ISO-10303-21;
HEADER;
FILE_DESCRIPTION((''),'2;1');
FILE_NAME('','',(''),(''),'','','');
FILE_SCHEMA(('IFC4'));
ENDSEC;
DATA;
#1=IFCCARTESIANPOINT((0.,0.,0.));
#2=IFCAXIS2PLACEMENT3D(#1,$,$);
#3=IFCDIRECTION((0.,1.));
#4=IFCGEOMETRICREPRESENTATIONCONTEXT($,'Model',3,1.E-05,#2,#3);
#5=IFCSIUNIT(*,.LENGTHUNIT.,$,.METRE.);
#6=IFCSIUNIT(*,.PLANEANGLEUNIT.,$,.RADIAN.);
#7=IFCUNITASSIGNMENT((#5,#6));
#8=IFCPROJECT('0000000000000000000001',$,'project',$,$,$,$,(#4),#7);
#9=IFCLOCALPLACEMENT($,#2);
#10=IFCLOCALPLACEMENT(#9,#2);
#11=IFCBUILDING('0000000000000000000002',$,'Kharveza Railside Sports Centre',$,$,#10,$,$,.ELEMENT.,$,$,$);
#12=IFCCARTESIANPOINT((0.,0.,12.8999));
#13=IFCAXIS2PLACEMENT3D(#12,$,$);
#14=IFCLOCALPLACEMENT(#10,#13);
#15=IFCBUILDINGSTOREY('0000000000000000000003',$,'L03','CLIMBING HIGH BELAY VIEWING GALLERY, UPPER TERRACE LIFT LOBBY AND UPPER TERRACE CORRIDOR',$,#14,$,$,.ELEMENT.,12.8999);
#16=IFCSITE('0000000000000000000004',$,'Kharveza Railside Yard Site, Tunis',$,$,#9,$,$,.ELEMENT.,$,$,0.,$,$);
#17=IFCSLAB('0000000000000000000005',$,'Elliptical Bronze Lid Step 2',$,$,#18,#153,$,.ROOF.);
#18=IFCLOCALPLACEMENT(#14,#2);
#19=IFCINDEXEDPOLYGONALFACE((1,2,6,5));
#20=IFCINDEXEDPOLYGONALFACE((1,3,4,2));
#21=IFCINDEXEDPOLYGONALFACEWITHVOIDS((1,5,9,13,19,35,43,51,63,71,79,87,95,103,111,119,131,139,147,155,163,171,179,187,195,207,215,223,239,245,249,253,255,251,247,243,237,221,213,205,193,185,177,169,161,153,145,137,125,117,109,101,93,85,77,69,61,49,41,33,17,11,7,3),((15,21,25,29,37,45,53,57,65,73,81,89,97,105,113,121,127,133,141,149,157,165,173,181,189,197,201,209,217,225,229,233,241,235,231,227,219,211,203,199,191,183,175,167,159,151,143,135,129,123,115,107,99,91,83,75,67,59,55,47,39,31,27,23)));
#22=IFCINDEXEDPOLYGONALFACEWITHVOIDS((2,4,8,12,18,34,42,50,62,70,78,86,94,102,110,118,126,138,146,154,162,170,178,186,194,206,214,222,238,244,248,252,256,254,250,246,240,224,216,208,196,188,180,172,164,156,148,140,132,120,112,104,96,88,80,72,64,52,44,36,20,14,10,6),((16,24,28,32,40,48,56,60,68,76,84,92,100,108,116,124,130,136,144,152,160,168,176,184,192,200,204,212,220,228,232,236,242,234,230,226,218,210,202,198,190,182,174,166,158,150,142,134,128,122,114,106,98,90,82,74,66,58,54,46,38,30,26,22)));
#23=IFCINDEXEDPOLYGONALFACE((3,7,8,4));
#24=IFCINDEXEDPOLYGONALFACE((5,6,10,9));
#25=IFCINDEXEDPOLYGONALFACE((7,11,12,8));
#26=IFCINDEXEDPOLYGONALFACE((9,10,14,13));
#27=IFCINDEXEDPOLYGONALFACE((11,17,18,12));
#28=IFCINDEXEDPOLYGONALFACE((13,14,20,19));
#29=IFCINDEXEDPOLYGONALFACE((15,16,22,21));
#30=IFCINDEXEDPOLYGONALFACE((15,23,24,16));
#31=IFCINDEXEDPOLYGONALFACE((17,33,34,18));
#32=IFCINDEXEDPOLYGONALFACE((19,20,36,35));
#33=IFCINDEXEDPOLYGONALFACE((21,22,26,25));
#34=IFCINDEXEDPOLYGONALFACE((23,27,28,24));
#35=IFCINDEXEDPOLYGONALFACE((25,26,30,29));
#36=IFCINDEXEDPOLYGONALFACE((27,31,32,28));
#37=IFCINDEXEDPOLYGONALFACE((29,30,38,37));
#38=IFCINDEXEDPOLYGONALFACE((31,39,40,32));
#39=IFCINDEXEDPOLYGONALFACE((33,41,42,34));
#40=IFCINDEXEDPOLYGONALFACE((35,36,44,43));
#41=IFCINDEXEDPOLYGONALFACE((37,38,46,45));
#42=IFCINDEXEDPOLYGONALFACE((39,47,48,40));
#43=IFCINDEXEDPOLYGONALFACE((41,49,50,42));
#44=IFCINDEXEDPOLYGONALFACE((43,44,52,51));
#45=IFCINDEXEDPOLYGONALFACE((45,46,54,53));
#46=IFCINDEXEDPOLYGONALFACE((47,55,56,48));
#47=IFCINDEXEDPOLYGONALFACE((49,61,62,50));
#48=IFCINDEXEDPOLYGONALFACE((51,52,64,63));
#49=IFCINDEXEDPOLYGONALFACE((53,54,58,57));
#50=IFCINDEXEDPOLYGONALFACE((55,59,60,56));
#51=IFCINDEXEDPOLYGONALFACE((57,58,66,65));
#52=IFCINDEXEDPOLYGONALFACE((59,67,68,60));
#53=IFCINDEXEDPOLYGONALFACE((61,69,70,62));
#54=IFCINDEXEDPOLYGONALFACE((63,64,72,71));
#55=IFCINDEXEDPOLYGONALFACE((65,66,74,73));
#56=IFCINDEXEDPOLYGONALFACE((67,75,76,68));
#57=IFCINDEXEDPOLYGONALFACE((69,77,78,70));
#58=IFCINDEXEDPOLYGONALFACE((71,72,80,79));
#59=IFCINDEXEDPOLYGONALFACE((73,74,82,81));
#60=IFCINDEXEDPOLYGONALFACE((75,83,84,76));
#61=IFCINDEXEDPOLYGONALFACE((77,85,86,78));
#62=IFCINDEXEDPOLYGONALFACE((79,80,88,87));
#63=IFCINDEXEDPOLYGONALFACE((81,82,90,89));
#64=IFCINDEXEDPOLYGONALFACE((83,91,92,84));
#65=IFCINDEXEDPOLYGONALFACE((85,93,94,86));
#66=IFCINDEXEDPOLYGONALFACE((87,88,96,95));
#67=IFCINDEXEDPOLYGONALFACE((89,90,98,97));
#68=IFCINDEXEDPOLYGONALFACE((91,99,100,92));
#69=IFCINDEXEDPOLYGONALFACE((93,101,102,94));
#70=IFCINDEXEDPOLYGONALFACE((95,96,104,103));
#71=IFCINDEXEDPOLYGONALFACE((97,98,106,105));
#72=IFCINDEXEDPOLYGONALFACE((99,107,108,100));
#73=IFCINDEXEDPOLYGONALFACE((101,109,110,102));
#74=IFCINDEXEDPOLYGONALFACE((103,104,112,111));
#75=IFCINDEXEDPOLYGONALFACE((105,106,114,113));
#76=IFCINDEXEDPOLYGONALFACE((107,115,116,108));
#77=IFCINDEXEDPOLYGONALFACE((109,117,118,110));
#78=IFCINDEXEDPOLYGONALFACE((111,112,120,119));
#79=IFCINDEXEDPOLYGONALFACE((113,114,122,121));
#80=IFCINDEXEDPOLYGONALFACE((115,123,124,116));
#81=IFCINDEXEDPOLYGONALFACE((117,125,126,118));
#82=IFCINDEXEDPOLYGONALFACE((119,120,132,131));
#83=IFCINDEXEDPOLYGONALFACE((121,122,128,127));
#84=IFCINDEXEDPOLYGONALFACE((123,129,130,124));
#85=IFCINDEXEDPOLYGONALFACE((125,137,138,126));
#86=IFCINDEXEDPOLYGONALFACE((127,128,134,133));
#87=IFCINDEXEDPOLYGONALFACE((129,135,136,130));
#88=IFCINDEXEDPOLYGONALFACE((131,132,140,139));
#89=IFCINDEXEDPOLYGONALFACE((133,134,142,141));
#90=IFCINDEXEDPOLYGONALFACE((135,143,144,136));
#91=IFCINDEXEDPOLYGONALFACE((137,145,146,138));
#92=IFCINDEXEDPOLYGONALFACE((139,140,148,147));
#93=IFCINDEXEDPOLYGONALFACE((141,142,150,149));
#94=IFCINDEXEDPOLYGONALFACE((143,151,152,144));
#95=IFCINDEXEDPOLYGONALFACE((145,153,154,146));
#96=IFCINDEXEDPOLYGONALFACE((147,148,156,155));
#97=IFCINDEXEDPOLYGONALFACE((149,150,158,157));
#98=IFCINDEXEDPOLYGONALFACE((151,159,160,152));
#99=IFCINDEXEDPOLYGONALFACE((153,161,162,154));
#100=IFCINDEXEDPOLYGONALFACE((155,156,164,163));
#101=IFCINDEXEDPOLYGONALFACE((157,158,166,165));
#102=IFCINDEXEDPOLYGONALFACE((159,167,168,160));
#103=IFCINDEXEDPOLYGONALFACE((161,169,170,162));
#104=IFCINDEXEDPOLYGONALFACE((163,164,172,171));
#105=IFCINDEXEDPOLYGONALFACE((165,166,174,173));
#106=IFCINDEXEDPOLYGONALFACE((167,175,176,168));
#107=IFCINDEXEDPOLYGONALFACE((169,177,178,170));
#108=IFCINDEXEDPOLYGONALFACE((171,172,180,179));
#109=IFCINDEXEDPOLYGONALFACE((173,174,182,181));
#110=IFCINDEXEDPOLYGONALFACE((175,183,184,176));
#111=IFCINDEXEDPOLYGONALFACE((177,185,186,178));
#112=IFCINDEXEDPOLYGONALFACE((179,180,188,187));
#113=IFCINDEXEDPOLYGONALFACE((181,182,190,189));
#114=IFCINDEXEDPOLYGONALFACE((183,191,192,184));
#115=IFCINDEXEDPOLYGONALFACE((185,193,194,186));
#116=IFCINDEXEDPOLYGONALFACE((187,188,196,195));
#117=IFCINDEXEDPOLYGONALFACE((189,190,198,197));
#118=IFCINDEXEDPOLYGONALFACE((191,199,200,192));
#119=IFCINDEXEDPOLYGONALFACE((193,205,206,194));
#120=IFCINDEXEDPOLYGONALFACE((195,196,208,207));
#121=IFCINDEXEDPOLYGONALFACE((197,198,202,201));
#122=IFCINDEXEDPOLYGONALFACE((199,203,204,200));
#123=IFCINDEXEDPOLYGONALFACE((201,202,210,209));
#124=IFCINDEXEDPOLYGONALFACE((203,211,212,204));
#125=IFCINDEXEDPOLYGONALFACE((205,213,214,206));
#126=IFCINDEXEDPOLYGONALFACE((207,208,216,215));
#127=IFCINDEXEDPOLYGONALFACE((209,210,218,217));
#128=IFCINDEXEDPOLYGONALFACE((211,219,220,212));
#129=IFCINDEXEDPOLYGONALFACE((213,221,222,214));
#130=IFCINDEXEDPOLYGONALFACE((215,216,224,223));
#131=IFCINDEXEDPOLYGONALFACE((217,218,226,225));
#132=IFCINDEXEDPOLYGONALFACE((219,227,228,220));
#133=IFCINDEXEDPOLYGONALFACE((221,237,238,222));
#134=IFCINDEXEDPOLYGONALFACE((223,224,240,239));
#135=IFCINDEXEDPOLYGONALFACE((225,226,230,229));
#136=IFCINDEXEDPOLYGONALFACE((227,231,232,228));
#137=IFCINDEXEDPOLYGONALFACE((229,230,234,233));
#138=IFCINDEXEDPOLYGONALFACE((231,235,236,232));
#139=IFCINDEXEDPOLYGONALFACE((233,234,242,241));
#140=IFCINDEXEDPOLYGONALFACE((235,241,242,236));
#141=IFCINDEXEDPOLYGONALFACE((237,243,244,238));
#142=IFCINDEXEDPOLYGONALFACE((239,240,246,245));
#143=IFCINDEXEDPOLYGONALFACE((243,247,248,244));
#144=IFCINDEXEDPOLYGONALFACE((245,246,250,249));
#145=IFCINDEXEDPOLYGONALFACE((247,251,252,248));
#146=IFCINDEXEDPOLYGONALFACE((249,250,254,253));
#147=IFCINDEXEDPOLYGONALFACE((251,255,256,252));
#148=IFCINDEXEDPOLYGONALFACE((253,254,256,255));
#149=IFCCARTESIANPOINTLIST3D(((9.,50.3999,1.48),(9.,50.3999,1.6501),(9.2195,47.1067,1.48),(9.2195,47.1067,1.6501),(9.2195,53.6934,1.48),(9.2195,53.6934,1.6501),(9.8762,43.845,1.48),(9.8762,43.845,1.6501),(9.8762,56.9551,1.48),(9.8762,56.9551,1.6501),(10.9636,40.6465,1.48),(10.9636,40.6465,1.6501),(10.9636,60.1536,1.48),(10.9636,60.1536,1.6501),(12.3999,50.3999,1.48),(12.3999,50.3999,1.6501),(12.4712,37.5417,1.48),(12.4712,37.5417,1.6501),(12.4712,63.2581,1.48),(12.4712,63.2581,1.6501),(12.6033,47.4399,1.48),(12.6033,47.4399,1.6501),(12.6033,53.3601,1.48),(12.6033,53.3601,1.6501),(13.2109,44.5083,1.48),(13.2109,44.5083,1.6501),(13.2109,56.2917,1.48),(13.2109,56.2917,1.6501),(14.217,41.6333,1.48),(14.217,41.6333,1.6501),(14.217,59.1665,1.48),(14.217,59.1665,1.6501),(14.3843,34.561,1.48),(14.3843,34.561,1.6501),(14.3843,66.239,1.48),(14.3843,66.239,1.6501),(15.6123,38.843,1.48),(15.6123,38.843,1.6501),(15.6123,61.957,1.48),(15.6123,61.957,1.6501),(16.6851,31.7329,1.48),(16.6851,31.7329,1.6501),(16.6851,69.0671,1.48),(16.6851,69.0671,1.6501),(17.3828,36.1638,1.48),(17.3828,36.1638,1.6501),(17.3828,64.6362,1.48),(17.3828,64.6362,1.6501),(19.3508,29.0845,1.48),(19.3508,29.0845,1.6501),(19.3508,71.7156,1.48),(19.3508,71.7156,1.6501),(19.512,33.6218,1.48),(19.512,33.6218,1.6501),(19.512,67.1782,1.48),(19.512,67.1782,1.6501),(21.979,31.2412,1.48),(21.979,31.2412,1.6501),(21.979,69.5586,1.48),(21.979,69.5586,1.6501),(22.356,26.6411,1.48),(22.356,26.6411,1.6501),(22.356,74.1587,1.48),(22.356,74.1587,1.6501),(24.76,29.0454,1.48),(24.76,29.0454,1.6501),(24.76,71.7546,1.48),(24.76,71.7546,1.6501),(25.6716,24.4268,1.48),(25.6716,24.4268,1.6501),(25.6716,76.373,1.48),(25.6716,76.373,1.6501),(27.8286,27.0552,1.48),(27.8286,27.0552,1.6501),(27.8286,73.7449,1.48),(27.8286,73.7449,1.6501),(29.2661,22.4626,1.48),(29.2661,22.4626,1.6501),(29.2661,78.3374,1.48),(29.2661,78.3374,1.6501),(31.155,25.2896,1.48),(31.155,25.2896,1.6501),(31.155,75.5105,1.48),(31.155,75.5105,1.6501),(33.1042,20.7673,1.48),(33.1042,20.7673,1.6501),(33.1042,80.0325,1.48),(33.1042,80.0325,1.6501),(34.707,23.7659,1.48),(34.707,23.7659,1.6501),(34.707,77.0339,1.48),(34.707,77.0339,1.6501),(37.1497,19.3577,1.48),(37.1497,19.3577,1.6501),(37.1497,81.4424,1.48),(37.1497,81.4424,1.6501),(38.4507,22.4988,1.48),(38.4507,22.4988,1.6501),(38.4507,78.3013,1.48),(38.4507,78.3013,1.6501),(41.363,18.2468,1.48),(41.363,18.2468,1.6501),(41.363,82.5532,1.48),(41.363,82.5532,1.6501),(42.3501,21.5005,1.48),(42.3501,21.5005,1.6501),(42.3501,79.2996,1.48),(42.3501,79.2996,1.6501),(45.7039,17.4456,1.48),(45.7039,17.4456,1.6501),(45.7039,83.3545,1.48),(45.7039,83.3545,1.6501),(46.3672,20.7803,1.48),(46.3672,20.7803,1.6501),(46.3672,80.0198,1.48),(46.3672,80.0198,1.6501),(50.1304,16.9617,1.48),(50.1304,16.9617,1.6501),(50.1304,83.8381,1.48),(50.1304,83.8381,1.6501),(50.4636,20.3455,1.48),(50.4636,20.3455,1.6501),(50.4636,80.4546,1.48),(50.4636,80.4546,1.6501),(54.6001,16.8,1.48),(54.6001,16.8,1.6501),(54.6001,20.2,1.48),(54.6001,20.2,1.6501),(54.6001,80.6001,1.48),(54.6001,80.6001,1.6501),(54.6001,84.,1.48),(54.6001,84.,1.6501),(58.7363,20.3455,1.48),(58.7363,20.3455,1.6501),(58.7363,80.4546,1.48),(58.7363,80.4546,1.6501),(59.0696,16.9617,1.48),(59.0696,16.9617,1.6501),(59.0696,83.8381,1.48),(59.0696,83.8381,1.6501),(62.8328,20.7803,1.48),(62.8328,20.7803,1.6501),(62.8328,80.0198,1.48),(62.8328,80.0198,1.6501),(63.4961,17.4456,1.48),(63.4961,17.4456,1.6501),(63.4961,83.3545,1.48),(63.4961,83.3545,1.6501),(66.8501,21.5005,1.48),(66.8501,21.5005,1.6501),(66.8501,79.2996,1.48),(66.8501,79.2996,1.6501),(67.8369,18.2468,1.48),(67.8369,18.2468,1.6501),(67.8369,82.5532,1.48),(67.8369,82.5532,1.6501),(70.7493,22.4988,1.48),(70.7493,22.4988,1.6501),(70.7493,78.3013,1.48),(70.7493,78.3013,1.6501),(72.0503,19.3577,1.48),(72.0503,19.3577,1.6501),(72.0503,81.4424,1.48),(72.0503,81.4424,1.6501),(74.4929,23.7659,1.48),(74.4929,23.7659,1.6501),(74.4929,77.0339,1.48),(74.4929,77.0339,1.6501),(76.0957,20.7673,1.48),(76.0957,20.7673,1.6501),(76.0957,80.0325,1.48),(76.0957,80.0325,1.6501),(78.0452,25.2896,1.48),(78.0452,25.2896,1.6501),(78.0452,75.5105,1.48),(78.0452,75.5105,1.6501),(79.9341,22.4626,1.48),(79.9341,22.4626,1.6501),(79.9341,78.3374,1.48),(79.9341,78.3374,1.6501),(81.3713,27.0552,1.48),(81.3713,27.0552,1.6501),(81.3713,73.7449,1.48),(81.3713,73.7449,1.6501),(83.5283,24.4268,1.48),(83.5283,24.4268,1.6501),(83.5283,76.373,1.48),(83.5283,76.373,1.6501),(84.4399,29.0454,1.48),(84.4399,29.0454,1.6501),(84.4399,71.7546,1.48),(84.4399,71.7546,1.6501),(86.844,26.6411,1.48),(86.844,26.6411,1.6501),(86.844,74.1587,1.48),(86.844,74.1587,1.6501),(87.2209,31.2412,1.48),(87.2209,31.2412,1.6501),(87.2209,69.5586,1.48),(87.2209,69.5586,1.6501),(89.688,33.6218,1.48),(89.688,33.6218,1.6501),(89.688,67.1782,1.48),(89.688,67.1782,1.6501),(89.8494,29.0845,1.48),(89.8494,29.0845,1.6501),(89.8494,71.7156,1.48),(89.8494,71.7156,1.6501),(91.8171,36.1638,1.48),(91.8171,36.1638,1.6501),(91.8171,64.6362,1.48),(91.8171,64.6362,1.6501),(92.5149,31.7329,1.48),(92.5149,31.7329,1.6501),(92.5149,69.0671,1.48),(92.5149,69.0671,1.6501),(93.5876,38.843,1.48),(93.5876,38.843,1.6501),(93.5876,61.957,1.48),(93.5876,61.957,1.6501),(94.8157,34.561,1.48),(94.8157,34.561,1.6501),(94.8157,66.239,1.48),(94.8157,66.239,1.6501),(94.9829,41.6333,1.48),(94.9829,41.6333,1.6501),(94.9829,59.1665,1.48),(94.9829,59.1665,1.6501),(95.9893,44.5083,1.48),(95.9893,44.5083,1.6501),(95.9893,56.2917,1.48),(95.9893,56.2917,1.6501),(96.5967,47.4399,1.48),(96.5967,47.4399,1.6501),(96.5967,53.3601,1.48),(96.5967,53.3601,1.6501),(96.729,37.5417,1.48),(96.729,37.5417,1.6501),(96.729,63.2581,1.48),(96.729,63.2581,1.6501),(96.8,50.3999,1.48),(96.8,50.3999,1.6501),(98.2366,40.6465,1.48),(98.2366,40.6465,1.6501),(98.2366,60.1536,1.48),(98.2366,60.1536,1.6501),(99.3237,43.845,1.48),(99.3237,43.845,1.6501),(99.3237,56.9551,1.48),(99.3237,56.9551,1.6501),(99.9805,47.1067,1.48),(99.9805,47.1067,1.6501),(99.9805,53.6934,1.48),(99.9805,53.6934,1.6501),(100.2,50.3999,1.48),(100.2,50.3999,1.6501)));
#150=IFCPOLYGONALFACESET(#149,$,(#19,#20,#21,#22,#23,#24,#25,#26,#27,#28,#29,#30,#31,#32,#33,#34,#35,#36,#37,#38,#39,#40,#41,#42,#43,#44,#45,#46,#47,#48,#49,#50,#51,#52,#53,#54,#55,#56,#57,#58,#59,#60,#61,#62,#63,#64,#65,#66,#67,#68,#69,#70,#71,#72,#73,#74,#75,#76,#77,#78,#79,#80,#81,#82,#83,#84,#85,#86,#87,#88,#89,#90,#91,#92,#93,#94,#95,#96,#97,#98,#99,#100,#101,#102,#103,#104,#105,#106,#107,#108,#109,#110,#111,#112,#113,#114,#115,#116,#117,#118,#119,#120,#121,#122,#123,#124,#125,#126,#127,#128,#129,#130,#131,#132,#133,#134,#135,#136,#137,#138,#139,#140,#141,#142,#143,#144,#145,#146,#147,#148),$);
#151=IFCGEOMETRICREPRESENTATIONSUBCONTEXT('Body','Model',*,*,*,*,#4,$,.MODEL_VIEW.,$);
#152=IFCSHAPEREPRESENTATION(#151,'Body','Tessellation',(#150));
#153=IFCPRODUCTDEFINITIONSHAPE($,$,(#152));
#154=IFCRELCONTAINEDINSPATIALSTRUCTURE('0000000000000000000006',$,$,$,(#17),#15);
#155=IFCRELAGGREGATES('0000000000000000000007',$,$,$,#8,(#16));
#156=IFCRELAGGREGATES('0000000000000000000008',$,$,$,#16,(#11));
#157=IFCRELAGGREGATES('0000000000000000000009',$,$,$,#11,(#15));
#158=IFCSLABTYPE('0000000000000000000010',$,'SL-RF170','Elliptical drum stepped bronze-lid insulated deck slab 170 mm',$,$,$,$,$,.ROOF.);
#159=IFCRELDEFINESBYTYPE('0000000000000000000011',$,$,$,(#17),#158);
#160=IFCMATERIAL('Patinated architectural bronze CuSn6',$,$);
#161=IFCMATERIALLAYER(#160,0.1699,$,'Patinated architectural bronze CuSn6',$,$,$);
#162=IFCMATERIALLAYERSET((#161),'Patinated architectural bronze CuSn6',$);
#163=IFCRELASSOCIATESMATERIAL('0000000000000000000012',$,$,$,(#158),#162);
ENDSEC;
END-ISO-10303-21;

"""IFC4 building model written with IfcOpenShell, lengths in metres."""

from ifc_helpers import new_model, si_unit, direction, frame, origin, place, context, subcontext, project, spatial, polyline, outline, extrude, material, layer, layer_set, type_object, element, save


model = new_model("IFC4")

# Units and contexts
model_context = context("Model", 3, precision=1e-05, world=origin(), true_north=direction((0.0, 1.0)))
body_context = subcontext(model_context, "Body", "Model", "MODEL_VIEW")
ifc_project = project(units=[si_unit("LENGTHUNIT", "METRE"), si_unit("PLANEANGLEUNIT", "RADIAN")], contexts=[model_context])

# Site, building, storey
site_placement = place(None, origin())
site = spatial("IfcSite", under=ifc_project, at=site_placement, Name="Kharveza Railside Yard Site, Tunis", CompositionType="ELEMENT", RefElevation=0.0)
building_placement = place(site_placement, origin())
building = spatial("IfcBuilding", under=site, at=building_placement, Name="Kharveza Railside Sports Centre", CompositionType="ELEMENT")
storey_placement = place(building_placement, frame((0.0, 0.0, 12.8999)))
storey = spatial("IfcBuildingStorey", under=building, at=storey_placement, Name="L03", Description="CLIMBING HIGH BELAY VIEWING GALLERY, UPPER TERRACE LIFT LOBBY AND UPPER TERRACE CORRIDOR", CompositionType="ELEMENT", Elevation=12.8999)

# Shared definitions
ifc_material_1 = material(Name="Patinated architectural bronze CuSn6")

# Slab
ifc_layer_1 = layer(ifc_material_1, 0.1699, Name="Patinated architectural bronze CuSn6")
ifc_layer_set_1 = layer_set([ifc_layer_1], Name="Patinated architectural bronze CuSn6")
slab_type_1 = type_object("IfcSlabType", Name="SL-RF170", Description="Elliptical drum stepped bronze-lid insulated deck slab 170 mm", PredefinedType="ROOF", material=ifc_layer_set_1)
slab_1_placement = place(storey_placement, frame((0.0, 0.0, 1.48)))
element("IfcSlab", 1, at=slab_1_placement, inside=storey, type_object=slab_type_1, Name="Elliptical Bronze Lid Step 2", PredefinedType="ROOF", context=body_context, shape_type="SweptSolid", body=[
    extrude(outline(polyline([(99.9805, 47.1067), (99.3237, 43.845), (98.2366, 40.6465), (96.729, 37.5417), (94.8157, 34.561), (92.5149, 31.7329), (89.8494, 29.0845), (86.844, 26.6411), (83.5283, 24.4268), (79.9341, 22.4626), (76.0957, 20.7673), (72.0503, 19.3577), (67.8369, 18.2468), (63.4961, 17.4456), (59.0696, 16.9617), (54.6001, 16.8), (50.1304, 16.9617), (45.7039, 17.4456), (41.363, 18.2468), (37.1497, 19.3577), (33.1042, 20.7673), (29.2661, 22.4626), (25.6716, 24.4268), (22.356, 26.6411), (19.3508, 29.0845), (16.6851, 31.7329), (14.3843, 34.561), (12.4712, 37.5417), (10.9636, 40.6465), (9.8762, 43.845), (9.2195, 47.1067), (9.0, 50.3999), (9.2195, 53.6934), (9.8762, 56.9551), (10.9636, 60.1536), (12.4712, 63.2581), (14.3843, 66.239), (16.6851, 69.0671), (19.3508, 71.7156), (22.356, 74.1587), (25.6716, 76.373), (29.2661, 78.3374), (33.1042, 80.0325), (37.1497, 81.4424), (41.363, 82.5532), (45.7039, 83.3545), (50.1304, 83.8381), (54.6001, 84.0), (59.0696, 83.8381), (63.4961, 83.3545), (67.8369, 82.5532), (72.0503, 81.4424), (76.0957, 80.0325), (79.9341, 78.3374), (83.5283, 76.373), (86.844, 74.1587), (89.8494, 71.7156), (92.5149, 69.0671), (94.8157, 66.239), (96.729, 63.2581), (98.2366, 60.1536), (99.3237, 56.9551), (99.9805, 53.6934), (100.2, 50.3999), (99.9805, 47.1067)]), holes=[polyline([(96.5967, 53.3601), (95.9893, 56.2917), (94.9829, 59.1665), (93.5876, 61.957), (91.8171, 64.6362), (89.688, 67.1782), (87.2209, 69.5586), (84.4399, 71.7546), (81.3713, 73.7449), (78.0452, 75.5105), (74.4929, 77.0339), (70.7493, 78.3013), (66.8501, 79.2996), (62.8328, 80.0198), (58.7363, 80.4546), (54.6001, 80.6001), (50.4636, 80.4546), (46.3672, 80.0198), (42.3501, 79.2996), (38.4507, 78.3013), (34.707, 77.0339), (31.155, 75.5105), (27.8286, 73.7449), (24.76, 71.7546), (21.979, 69.5586), (19.512, 67.1782), (17.3828, 64.6362), (15.6123, 61.957), (14.217, 59.1665), (13.2109, 56.2917), (12.6033, 53.3601), (12.3999, 50.3999), (12.6033, 47.4399), (13.2109, 44.5083), (14.217, 41.6333), (15.6123, 38.843), (17.3828, 36.1638), (19.512, 33.6218), (21.979, 31.2412), (24.76, 29.0454), (27.8286, 27.0552), (31.155, 25.2896), (34.707, 23.7659), (38.4507, 22.4988), (42.3501, 21.5005), (46.3672, 20.7803), (50.4636, 20.3455), (54.6001, 20.2), (58.7363, 20.3455), (62.8328, 20.7803), (66.8501, 21.5005), (70.7493, 22.4988), (74.4929, 23.7659), (78.0452, 25.2896), (81.3713, 27.0552), (84.4399, 29.0454), (87.2209, 31.2412), (89.688, 33.6218), (91.8171, 36.1638), (93.5876, 38.843), (94.9829, 41.6333), (95.9893, 44.5083), (96.5967, 47.4399), (96.8, 50.3999), (96.5967, 53.3601)])]), origin(), (0.0, 0.0, 1.0), 0.1702),
])

save(model, "model.ifc")
